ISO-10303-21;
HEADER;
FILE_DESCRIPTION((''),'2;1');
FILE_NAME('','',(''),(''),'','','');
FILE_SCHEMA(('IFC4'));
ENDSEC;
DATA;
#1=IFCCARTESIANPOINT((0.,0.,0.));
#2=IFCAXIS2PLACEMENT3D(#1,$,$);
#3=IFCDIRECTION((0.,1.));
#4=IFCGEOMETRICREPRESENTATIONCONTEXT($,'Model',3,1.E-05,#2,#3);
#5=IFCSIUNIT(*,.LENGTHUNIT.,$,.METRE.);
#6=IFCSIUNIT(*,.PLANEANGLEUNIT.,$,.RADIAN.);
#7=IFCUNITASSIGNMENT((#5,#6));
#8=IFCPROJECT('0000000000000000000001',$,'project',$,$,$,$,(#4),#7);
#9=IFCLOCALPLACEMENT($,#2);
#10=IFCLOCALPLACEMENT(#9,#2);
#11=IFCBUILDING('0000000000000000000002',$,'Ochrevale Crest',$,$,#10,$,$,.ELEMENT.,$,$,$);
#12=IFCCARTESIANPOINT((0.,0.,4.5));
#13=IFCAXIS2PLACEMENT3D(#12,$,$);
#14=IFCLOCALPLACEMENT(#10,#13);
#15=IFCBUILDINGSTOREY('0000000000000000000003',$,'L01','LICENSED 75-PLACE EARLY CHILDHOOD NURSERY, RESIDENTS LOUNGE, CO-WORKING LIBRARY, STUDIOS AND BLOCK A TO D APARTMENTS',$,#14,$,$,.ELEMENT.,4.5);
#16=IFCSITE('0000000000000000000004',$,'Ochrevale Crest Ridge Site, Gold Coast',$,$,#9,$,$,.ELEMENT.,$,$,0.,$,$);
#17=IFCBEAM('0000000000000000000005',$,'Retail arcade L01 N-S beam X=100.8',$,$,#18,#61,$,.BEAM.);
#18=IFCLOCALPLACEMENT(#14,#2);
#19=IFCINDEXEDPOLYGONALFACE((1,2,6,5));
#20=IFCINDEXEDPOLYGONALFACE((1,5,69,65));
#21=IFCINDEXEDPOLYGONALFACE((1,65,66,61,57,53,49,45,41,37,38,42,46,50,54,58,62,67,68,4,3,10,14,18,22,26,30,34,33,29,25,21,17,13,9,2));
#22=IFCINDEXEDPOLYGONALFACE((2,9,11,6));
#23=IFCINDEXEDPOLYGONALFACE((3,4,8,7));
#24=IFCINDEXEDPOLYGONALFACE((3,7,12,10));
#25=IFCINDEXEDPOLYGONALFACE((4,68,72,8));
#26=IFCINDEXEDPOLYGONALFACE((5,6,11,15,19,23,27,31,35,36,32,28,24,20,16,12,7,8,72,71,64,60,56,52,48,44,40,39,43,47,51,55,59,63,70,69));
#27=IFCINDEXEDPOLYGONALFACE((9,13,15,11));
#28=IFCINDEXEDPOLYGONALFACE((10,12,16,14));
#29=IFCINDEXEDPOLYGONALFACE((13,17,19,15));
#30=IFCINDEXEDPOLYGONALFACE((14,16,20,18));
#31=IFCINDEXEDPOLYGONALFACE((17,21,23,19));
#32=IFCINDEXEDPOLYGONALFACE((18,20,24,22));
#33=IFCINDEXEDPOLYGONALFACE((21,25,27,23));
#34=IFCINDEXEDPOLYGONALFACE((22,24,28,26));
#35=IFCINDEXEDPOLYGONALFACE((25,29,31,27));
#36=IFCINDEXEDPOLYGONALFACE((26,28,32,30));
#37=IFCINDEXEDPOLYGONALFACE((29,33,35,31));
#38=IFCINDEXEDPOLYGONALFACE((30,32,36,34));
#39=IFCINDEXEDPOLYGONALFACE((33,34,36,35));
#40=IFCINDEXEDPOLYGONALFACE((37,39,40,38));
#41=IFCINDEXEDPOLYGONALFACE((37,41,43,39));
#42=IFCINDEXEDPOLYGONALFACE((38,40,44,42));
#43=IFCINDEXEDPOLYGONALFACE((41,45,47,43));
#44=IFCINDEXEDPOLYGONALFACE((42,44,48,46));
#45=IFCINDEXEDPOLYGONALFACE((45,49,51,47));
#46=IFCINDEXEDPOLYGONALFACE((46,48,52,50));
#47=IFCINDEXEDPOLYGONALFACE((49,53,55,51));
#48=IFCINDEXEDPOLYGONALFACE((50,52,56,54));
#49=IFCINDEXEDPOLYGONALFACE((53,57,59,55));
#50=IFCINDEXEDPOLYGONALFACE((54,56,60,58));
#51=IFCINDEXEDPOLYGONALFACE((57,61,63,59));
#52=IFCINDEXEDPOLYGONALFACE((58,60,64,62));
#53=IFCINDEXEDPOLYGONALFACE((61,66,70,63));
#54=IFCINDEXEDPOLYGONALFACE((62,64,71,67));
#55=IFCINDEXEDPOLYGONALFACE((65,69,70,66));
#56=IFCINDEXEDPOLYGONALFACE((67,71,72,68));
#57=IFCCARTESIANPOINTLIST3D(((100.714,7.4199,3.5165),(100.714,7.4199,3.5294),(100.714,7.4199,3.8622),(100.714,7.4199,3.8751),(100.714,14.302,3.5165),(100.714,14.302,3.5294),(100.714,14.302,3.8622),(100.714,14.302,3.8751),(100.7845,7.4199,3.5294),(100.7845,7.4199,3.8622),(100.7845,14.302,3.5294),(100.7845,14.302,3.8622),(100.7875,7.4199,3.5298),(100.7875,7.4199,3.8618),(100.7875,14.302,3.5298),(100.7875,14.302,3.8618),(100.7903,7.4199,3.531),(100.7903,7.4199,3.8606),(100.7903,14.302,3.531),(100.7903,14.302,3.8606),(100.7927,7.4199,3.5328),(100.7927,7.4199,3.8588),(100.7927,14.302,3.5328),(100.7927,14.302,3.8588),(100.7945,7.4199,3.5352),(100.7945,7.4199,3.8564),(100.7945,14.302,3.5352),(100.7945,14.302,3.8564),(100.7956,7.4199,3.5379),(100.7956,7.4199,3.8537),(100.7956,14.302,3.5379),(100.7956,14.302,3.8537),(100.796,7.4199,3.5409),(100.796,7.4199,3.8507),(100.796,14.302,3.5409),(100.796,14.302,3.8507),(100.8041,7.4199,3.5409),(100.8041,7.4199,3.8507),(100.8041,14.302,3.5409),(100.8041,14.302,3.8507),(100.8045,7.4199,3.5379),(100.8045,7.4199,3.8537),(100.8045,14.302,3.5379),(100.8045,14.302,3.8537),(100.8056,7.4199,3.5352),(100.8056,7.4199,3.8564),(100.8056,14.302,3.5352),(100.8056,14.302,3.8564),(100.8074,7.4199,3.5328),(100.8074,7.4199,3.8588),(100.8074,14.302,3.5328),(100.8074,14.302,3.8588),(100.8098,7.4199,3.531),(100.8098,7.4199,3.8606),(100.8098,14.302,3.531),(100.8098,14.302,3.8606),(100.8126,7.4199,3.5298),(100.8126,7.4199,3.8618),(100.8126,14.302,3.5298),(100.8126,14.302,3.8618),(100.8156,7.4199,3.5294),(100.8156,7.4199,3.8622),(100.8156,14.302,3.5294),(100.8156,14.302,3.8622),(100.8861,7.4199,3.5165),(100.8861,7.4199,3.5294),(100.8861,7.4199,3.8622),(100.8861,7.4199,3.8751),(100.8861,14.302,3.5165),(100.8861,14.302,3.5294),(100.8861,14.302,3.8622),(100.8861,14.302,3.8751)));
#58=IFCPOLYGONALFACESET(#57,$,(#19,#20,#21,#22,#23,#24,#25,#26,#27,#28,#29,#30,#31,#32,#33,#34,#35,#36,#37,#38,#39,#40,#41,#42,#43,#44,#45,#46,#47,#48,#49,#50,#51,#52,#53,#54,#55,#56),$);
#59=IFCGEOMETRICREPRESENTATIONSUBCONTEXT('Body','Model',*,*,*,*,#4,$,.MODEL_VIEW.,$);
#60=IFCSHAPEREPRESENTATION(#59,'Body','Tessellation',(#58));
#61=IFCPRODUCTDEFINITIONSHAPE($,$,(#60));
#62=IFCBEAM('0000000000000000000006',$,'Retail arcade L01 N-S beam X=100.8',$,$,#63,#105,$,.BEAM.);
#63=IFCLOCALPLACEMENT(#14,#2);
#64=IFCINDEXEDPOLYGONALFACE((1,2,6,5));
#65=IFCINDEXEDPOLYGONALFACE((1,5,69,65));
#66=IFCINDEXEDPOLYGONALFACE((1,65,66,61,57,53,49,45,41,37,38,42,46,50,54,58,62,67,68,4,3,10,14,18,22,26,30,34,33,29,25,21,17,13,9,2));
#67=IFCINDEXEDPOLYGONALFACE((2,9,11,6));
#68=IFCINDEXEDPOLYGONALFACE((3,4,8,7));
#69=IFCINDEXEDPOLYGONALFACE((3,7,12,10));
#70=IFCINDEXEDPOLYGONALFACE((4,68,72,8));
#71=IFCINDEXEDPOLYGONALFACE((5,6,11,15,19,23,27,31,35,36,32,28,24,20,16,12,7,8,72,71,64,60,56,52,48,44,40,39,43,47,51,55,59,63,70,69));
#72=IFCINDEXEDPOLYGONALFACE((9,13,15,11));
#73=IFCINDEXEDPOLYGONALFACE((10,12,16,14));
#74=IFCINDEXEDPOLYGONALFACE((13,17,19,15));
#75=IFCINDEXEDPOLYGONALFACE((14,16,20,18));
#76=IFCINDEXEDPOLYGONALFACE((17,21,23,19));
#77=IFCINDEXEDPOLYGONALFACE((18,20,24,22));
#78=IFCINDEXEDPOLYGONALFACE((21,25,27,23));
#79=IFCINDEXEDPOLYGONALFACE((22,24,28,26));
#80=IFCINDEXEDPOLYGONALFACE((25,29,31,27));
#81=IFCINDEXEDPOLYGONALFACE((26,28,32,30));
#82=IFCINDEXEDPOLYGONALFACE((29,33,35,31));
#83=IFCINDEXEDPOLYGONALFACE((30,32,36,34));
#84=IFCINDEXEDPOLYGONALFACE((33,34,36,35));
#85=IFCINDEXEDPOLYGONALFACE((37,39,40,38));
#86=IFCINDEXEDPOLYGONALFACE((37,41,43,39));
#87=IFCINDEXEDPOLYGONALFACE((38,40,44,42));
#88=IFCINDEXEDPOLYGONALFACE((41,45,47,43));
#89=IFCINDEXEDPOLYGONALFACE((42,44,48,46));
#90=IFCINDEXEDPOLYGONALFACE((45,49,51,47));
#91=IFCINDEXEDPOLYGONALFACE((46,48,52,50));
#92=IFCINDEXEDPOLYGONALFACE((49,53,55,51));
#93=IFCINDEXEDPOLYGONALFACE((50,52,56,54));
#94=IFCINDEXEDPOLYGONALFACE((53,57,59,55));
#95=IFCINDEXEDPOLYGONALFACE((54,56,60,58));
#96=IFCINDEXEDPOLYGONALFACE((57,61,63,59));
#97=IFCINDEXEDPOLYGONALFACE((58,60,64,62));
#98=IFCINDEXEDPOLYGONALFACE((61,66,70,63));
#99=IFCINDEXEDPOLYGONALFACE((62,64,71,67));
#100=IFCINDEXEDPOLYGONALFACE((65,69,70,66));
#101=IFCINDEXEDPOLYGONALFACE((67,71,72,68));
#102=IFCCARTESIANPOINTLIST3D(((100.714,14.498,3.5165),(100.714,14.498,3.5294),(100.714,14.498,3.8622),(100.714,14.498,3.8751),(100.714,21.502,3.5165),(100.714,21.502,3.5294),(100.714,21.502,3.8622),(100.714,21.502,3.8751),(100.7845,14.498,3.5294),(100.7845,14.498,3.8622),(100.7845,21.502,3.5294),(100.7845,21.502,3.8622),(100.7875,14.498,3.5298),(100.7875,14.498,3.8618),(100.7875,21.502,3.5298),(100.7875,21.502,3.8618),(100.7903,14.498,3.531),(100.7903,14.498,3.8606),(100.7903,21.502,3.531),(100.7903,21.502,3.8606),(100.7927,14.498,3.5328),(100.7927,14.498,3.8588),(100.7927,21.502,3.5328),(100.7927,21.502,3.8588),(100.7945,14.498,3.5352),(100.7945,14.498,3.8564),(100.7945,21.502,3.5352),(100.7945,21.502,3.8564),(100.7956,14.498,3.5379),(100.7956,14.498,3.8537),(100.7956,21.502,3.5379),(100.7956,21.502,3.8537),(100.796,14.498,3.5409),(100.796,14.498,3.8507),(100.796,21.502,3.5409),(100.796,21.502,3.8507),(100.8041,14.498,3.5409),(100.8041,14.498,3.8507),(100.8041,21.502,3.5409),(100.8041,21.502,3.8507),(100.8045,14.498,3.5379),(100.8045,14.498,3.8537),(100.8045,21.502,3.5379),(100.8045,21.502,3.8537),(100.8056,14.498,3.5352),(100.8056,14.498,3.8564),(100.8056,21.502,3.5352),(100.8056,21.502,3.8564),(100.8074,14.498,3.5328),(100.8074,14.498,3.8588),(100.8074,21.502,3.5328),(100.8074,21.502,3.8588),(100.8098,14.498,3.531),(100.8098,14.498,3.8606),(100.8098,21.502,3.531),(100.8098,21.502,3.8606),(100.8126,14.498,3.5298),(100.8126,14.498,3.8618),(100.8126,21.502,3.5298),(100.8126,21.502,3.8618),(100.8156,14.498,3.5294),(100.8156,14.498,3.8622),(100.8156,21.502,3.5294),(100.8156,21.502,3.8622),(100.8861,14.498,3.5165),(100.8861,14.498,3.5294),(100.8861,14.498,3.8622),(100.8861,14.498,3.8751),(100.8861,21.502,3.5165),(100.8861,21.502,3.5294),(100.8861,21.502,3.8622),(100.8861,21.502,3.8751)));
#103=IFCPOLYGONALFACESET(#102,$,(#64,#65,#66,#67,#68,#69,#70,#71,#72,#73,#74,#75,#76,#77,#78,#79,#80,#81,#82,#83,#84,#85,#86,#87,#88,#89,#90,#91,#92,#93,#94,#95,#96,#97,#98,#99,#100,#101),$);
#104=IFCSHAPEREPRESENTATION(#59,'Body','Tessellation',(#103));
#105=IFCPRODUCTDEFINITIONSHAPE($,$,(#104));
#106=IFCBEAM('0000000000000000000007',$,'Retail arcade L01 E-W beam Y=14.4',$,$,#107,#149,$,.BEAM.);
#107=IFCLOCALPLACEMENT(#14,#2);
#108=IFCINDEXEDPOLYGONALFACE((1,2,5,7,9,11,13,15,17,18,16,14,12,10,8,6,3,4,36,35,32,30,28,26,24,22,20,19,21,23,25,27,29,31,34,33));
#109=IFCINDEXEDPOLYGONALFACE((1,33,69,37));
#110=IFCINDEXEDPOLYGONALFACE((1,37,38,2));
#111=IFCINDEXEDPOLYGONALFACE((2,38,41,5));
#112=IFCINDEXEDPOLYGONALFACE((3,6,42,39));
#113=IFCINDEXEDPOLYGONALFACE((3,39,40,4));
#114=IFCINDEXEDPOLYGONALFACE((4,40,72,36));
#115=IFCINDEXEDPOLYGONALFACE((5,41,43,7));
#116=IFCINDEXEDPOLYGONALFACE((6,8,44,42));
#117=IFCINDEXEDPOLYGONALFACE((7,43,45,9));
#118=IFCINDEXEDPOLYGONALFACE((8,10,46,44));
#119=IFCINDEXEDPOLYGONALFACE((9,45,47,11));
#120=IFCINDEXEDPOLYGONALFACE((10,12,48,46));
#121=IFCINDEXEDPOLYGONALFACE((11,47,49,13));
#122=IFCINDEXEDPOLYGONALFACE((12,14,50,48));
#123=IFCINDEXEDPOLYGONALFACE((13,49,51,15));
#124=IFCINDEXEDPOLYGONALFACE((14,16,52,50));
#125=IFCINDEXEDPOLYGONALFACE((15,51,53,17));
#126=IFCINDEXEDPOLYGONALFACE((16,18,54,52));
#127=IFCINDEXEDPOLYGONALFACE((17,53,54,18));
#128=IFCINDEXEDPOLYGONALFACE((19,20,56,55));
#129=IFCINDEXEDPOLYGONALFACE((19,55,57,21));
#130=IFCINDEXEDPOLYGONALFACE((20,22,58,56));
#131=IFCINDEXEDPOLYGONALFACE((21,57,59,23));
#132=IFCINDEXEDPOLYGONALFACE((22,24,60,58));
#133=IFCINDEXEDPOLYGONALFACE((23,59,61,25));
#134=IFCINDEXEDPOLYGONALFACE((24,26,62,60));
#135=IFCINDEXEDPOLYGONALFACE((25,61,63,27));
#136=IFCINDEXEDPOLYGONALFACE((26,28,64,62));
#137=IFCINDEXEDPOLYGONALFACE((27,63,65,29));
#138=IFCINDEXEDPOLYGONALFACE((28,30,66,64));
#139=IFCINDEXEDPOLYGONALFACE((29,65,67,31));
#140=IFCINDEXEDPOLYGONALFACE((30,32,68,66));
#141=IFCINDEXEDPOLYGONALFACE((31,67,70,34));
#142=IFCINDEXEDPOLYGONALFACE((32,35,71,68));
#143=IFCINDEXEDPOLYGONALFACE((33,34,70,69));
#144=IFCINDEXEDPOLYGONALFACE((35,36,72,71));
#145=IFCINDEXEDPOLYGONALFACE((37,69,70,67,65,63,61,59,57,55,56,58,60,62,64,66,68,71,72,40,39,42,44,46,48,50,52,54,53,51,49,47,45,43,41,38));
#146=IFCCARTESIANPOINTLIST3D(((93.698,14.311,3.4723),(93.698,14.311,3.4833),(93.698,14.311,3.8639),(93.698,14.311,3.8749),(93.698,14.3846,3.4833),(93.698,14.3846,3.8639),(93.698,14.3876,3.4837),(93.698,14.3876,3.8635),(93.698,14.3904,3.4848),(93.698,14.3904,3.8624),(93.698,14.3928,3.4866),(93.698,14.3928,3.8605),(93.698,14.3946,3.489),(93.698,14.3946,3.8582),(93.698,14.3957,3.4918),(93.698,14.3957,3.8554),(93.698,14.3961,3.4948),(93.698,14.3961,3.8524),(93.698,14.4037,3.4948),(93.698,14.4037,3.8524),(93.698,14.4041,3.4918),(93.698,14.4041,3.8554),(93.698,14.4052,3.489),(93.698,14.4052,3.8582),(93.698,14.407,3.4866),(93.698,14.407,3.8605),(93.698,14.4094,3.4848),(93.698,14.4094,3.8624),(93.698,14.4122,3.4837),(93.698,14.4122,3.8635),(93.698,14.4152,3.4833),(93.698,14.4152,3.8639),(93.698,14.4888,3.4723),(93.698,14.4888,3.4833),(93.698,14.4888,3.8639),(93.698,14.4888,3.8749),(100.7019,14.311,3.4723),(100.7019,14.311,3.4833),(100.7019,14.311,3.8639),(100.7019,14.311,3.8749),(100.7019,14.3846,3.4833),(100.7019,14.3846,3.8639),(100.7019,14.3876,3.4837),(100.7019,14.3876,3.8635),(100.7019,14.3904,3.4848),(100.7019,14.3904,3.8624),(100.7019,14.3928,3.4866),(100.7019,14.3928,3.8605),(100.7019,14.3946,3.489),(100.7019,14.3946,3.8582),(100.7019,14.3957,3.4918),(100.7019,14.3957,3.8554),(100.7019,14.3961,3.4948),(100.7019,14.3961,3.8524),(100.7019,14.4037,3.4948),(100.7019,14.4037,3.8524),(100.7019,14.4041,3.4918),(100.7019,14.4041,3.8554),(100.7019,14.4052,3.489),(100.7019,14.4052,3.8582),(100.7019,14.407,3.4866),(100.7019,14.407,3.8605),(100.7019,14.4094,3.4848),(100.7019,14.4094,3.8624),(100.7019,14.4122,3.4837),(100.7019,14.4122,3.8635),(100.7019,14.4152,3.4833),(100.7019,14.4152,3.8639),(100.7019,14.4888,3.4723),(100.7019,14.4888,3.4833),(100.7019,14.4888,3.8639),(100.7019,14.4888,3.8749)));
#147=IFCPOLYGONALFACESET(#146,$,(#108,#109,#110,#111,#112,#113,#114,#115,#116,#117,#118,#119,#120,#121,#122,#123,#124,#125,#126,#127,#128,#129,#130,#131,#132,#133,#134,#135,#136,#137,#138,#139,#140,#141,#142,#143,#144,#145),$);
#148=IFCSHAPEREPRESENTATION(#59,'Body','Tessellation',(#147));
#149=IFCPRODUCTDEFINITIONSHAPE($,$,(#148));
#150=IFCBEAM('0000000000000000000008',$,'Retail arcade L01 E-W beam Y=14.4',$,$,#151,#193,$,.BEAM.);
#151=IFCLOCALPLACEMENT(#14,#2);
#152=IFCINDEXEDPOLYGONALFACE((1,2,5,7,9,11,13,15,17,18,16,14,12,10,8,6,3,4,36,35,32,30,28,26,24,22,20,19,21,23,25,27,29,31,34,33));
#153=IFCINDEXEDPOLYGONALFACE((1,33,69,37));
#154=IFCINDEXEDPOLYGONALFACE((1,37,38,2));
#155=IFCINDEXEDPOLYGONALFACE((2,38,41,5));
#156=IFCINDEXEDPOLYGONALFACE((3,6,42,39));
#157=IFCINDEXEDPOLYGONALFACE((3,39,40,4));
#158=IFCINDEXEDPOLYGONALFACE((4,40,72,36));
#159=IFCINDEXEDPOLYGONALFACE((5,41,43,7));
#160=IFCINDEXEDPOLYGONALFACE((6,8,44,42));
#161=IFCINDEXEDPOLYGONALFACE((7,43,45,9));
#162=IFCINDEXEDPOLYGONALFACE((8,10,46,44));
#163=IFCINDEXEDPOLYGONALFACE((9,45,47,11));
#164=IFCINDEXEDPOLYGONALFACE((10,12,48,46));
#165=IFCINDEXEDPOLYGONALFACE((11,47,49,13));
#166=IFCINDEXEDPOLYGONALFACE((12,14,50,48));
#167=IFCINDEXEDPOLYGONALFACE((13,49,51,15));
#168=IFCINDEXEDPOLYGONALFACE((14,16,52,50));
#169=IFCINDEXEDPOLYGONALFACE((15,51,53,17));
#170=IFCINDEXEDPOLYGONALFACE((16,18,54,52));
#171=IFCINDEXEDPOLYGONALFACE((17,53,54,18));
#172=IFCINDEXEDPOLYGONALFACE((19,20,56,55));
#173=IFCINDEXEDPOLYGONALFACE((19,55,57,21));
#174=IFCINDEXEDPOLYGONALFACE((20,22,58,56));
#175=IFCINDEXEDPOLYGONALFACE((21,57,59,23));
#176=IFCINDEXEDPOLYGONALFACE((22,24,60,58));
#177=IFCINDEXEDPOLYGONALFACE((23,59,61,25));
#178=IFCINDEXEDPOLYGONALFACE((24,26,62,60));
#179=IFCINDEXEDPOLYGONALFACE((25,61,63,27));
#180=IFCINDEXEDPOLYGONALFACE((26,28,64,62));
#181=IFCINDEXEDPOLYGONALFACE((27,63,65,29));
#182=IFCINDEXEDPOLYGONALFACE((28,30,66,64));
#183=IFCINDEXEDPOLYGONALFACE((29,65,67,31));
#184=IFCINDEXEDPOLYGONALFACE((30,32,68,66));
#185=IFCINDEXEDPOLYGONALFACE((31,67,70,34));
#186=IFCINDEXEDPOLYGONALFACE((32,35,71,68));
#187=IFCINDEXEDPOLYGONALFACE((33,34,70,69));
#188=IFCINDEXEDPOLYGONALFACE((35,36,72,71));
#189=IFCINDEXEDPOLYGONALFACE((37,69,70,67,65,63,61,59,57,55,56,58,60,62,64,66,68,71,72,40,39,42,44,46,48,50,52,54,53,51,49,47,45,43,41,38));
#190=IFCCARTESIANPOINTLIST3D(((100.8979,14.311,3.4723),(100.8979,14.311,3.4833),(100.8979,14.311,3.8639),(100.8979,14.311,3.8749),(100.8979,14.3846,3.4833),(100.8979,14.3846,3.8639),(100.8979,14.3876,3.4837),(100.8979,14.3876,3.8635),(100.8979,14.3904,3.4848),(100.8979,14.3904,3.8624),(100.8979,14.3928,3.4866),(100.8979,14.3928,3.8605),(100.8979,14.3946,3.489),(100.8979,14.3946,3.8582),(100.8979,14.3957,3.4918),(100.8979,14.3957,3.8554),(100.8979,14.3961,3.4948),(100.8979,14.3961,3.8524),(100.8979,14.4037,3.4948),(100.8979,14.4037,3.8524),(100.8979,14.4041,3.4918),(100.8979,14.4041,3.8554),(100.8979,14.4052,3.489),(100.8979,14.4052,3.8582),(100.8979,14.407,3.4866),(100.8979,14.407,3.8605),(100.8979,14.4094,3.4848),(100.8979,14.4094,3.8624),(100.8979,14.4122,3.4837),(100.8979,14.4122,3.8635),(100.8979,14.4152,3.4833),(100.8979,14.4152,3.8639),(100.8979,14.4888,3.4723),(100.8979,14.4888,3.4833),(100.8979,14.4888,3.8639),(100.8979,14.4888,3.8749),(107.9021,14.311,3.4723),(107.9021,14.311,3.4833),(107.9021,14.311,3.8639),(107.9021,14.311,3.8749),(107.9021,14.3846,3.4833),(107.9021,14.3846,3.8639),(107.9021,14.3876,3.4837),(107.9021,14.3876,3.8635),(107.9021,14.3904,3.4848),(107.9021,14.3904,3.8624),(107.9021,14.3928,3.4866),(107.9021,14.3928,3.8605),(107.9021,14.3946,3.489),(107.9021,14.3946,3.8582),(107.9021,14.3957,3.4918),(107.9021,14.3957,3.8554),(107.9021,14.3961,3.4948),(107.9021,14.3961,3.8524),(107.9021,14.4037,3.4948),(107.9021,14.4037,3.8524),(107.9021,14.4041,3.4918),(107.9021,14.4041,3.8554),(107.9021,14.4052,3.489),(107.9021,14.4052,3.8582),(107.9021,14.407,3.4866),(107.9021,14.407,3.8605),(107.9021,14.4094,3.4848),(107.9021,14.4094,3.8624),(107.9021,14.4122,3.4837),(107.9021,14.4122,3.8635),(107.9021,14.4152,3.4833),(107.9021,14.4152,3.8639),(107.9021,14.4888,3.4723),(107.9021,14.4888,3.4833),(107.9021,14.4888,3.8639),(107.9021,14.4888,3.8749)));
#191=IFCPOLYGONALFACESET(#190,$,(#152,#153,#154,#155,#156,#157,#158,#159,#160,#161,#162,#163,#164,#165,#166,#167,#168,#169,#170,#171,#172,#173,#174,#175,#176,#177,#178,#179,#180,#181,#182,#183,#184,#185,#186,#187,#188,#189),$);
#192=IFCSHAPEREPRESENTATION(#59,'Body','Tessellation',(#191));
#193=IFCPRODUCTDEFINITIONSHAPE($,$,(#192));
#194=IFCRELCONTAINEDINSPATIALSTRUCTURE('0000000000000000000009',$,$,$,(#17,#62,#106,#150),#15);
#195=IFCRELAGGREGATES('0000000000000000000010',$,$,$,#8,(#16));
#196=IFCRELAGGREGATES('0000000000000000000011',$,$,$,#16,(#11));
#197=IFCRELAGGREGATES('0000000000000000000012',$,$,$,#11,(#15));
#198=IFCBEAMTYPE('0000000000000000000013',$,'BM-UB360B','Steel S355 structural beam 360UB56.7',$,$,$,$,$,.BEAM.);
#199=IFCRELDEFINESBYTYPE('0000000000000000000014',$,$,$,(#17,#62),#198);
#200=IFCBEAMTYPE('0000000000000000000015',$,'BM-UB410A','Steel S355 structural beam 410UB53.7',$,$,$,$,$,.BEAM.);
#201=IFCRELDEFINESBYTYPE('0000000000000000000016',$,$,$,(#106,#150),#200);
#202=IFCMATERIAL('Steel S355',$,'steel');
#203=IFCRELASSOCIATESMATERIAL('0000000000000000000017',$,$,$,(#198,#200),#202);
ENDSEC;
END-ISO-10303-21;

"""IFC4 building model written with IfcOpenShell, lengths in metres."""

from ifc_helpers import new_model, si_unit, direction, frame, origin, origin_2d, place, context, subcontext, project, spatial, i_section, extrude, material, material_profile, profile_set, type_object, element, save


model = new_model("IFC4")

# Units and contexts
model_context = context("Model", 3, precision=1e-05, world=origin(), true_north=direction((0.0, 1.0)))
body_context = subcontext(model_context, "Body", "Model", "MODEL_VIEW")
ifc_project = project(units=[si_unit("LENGTHUNIT", "METRE"), si_unit("PLANEANGLEUNIT", "RADIAN")], contexts=[model_context])

# Site, building, storey
site_placement = place(None, origin())
site = spatial("IfcSite", under=ifc_project, at=site_placement, Name="Ochrevale Crest Ridge Site, Gold Coast", CompositionType="ELEMENT", RefElevation=0.0)
building_placement = place(site_placement, origin())
building = spatial("IfcBuilding", under=site, at=building_placement, Name="Ochrevale Crest", CompositionType="ELEMENT")
storey_placement = place(building_placement, frame((0.0, 0.0, 4.5)))
storey = spatial("IfcBuildingStorey", under=building, at=storey_placement, Name="L01", Description="LICENSED 75-PLACE EARLY CHILDHOOD NURSERY, RESIDENTS LOUNGE, CO-WORKING LIBRARY, STUDIOS AND BLOCK A TO D APARTMENTS", CompositionType="ELEMENT", Elevation=4.5)

# Shared definitions
ifc_material_1 = material(Name="Steel S355", Category="steel")

# Beams
ifc_material_profile_1 = material_profile(ifc_material_1, i_section(OverallWidth=0.1721, OverallDepth=0.3586, WebThickness=0.0081, FlangeThickness=0.0129, FilletRadius=0.0115, at=origin_2d()), Name="360UB56.7")
ifc_profile_set_1 = profile_set([ifc_material_profile_1], Name="Steel S355")
beam_type_1 = type_object("IfcBeamType", Name="BM-UB360B", Description="Steel S355 structural beam 360UB56.7", PredefinedType="BEAM", material=ifc_profile_set_1)
beam_1_placement = place(storey_placement, frame((100.8, 7.4199, 3.6958), z_axis=(0.0, 1.0, 0.0), x_axis=(-1.0, 0.0, 0.0)))
element("IfcBeam", 1, at=beam_1_placement, inside=storey, type_object=beam_type_1, Name="Retail arcade L01 N-S beam X=100.8", PredefinedType="BEAM", context=body_context, shape_type="SweptSolid", body=[
    extrude(i_section(OverallWidth=0.1721, OverallDepth=0.3586, WebThickness=0.0081, FlangeThickness=0.0129, FilletRadius=0.0115, at=origin_2d()), origin(), (0.0, 0.0, 1.0), 6.8821),
])
beam_2_placement = place(storey_placement, frame((100.8, 14.498, 3.6958), z_axis=(0.0, 1.0, 0.0), x_axis=(-1.0, 0.0, 0.0)))
element("IfcBeam", 2, at=beam_2_placement, inside=storey, type_object=beam_type_1, Name="Retail arcade L01 N-S beam X=100.8", PredefinedType="BEAM", context=body_context, shape_type="SweptSolid", body=[
    extrude(i_section(OverallWidth=0.1721, OverallDepth=0.3586, WebThickness=0.0081, FlangeThickness=0.0129, FilletRadius=0.0115, at=origin_2d()), origin(), (0.0, 0.0, 1.0), 7.0039),
])
ifc_material_profile_2 = material_profile(ifc_material_1, i_section(OverallWidth=0.1777, OverallDepth=0.4026, WebThickness=0.0076, FlangeThickness=0.011, FilletRadius=0.0115, at=origin_2d()), Name="410UB53.7")
ifc_profile_set_2 = profile_set([ifc_material_profile_2], Name="Steel S355")
beam_type_2 = type_object("IfcBeamType", Name="BM-UB410A", Description="Steel S355 structural beam 410UB53.7", PredefinedType="BEAM", material=ifc_profile_set_2)
beam_3_placement = place(storey_placement, frame((93.698, 14.3999, 3.6736), z_axis=(1.0, 0.0, 0.0), x_axis=(0.0, 1.0, 0.0)))
element("IfcBeam", 3, at=beam_3_placement, inside=storey, type_object=beam_type_2, Name="Retail arcade L01 E-W beam Y=14.4", PredefinedType="BEAM", context=body_context, shape_type="SweptSolid", body=[
    extrude(i_section(OverallWidth=0.1777, OverallDepth=0.4026, WebThickness=0.0076, FlangeThickness=0.011, FilletRadius=0.0115, at=origin_2d()), origin(), (0.0, 0.0, 1.0), 7.0039),
])
beam_4_placement = place(storey_placement, frame((100.8979, 14.3999, 3.6736), z_axis=(1.0, 0.0, 0.0), x_axis=(0.0, 1.0, 0.0)))
element("IfcBeam", 4, at=beam_4_placement, inside=storey, type_object=beam_type_2, Name="Retail arcade L01 E-W beam Y=14.4", PredefinedType="BEAM", context=body_context, shape_type="SweptSolid", body=[
    extrude(i_section(OverallWidth=0.1777, OverallDepth=0.4026, WebThickness=0.0076, FlangeThickness=0.011, FilletRadius=0.0115, at=origin_2d()), origin(), (0.0, 0.0, 1.0), 7.0042),
])

save(model, "model.ifc")
